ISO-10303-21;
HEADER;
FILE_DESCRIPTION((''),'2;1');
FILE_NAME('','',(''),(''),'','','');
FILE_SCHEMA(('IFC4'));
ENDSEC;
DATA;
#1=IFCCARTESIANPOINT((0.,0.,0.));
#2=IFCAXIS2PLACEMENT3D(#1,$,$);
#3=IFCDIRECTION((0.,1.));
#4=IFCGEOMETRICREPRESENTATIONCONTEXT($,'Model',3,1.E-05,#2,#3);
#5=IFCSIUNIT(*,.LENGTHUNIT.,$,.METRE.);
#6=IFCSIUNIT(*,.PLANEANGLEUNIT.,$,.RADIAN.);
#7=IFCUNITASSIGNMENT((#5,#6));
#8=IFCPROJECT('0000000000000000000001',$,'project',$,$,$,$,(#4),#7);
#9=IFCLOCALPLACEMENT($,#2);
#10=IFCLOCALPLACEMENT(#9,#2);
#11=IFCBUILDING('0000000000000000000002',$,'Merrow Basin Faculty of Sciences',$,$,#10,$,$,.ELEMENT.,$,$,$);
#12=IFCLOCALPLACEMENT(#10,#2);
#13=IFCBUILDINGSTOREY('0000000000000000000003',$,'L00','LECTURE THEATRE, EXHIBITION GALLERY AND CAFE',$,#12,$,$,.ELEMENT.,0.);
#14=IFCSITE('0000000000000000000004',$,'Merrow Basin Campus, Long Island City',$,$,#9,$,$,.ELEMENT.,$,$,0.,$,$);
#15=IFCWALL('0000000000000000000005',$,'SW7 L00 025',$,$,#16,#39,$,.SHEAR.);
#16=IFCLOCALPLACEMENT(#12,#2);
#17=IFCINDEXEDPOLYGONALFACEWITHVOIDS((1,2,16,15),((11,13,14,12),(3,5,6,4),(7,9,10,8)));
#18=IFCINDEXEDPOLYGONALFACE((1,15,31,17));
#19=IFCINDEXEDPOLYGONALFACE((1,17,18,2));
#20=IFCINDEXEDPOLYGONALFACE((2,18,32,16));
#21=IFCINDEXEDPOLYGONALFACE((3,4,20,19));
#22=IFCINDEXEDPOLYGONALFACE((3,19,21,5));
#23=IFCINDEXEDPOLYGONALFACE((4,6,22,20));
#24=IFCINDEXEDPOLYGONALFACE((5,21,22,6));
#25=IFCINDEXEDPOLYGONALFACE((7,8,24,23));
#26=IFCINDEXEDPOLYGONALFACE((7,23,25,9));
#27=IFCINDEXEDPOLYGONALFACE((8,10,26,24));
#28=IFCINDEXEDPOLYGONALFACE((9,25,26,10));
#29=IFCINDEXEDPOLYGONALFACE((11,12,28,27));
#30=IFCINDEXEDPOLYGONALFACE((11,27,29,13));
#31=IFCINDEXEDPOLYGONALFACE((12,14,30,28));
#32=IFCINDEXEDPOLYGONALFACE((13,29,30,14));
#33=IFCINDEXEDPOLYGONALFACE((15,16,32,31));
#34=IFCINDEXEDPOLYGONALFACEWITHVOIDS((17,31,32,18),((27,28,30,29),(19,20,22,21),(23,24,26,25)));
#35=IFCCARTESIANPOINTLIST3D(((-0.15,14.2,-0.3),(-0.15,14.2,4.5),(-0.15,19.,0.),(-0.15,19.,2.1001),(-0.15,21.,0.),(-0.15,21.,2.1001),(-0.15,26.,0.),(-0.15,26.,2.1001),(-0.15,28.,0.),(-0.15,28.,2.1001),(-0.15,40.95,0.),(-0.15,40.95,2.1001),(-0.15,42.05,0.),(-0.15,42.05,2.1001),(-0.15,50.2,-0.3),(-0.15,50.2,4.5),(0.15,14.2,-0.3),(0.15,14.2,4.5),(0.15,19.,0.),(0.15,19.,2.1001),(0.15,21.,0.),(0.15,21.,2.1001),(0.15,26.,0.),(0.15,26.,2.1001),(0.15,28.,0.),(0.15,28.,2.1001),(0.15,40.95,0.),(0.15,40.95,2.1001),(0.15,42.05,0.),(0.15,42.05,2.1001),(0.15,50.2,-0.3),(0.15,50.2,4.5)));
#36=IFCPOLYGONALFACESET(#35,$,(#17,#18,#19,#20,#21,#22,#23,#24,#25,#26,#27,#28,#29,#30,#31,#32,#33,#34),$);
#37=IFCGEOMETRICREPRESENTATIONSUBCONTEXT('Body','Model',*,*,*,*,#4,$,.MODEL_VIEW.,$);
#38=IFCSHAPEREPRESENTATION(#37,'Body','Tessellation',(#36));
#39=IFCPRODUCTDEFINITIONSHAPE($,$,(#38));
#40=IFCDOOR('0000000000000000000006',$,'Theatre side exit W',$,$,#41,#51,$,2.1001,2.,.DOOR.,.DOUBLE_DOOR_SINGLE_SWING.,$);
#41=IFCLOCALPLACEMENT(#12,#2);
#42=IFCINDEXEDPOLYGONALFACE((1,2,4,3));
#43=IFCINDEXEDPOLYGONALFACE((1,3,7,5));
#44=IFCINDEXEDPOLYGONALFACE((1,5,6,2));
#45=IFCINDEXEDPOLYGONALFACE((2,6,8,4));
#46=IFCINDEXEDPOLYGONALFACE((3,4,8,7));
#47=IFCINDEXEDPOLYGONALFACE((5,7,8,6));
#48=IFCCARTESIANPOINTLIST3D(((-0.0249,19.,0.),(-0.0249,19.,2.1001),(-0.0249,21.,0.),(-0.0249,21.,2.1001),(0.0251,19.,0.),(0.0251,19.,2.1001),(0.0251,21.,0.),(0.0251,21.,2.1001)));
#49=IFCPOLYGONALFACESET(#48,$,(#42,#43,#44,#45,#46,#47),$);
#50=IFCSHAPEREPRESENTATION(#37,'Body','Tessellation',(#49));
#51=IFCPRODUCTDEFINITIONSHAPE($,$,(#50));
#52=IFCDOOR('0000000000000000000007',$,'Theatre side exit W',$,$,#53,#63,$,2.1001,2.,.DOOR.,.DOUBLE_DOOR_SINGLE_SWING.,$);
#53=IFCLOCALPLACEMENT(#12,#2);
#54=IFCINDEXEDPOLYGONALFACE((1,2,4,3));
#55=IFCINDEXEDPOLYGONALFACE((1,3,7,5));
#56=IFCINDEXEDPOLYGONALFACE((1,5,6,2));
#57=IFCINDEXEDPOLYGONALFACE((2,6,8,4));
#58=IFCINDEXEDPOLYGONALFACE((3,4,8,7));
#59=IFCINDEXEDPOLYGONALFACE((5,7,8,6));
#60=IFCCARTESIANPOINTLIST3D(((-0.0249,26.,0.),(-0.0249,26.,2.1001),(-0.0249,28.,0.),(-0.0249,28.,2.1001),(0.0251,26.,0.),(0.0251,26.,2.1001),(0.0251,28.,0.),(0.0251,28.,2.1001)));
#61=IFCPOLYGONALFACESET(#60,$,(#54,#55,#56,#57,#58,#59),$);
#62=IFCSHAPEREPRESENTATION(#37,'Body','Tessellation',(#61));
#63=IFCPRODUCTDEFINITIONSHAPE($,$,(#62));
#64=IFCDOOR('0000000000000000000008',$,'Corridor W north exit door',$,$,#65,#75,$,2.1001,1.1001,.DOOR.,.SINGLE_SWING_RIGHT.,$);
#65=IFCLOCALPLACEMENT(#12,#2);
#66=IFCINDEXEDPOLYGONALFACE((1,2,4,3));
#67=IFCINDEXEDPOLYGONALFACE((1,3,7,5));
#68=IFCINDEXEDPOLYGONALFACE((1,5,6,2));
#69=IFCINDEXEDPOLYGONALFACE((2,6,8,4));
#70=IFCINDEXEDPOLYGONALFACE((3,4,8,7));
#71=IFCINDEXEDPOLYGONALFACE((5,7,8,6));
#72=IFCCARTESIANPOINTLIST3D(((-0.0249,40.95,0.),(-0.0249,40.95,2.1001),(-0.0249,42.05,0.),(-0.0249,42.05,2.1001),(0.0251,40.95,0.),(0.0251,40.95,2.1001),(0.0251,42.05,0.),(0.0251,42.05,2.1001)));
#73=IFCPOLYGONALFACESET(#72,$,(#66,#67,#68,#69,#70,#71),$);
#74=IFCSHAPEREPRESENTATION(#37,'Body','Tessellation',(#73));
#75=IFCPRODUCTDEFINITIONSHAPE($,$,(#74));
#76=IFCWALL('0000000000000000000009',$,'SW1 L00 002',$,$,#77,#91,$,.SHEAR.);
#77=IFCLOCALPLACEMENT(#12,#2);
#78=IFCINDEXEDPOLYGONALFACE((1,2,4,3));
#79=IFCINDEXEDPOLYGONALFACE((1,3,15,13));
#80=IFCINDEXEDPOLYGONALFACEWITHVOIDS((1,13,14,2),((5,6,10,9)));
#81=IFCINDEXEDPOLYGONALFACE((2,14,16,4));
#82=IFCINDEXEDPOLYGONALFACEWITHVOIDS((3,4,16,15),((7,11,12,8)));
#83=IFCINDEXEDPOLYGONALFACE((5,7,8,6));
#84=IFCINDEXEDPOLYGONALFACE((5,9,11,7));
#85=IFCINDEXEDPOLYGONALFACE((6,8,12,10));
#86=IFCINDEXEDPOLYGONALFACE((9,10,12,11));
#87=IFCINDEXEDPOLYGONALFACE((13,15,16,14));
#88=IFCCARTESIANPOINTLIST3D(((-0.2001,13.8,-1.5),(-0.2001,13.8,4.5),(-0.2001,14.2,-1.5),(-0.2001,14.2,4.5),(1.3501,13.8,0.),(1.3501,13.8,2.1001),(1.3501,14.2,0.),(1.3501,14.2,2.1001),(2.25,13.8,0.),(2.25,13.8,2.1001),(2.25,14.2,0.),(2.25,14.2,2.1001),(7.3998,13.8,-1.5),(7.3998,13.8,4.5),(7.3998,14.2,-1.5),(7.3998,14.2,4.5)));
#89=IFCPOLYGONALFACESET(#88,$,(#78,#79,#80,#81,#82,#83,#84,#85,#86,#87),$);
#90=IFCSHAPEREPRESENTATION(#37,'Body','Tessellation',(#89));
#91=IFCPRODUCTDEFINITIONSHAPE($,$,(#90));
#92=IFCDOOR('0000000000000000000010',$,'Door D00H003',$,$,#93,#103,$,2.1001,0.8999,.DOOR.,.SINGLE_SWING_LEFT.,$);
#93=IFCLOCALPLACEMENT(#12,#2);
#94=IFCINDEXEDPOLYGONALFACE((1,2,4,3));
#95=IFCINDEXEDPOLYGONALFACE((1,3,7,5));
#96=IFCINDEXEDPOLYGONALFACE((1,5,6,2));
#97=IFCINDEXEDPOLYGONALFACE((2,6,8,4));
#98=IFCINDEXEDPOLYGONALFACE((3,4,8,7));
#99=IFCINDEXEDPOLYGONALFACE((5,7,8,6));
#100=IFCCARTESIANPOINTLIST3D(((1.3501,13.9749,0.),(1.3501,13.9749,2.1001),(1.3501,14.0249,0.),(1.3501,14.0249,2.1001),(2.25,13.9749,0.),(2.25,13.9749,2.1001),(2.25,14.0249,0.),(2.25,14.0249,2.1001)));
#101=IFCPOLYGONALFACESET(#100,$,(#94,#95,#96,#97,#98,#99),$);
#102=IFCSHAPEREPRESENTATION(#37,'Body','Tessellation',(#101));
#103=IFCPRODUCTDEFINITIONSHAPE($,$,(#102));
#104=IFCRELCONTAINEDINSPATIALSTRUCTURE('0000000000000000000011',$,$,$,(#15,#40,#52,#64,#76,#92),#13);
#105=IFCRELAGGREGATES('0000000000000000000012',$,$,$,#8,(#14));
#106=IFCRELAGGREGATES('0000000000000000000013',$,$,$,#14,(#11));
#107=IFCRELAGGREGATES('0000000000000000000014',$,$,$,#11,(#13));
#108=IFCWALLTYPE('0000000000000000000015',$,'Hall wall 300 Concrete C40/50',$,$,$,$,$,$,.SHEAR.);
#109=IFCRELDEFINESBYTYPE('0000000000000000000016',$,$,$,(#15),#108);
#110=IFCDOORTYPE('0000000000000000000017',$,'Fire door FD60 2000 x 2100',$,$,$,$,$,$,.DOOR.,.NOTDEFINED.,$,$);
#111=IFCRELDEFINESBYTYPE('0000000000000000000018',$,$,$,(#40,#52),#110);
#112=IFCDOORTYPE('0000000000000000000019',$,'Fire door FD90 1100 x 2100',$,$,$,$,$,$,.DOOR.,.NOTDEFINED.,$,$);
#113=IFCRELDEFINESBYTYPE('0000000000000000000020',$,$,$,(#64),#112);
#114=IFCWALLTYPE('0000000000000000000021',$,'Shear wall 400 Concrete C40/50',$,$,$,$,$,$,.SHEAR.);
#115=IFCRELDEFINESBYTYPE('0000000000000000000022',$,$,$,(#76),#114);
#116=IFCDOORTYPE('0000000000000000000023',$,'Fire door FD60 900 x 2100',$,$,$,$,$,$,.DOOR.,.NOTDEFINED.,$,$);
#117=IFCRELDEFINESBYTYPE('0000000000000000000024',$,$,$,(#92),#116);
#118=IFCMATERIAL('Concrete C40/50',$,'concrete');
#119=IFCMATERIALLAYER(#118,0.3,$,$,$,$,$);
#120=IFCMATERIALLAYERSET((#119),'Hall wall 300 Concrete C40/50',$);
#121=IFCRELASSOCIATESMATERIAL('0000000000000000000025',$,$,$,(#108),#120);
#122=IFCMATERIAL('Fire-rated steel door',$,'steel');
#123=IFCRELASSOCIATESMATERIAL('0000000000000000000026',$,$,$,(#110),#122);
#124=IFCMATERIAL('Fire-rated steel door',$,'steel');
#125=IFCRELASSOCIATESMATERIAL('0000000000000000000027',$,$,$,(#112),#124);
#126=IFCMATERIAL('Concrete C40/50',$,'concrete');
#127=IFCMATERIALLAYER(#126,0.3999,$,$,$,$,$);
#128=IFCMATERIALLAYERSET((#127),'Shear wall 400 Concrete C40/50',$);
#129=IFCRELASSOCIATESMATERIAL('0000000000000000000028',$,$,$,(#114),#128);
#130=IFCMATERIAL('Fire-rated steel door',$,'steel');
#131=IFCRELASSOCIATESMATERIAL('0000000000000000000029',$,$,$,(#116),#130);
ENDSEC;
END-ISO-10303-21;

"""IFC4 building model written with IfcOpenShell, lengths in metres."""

from ifc_helpers import new_model, si_unit, direction, frame, frame_2d, origin, place, context, subcontext, project, spatial, rectangle, extrude, material, layer, layer_set, type_object, element, fill, save


model = new_model("IFC4")

# Units and contexts
model_context = context("Model", 3, precision=1e-05, world=origin(), true_north=direction((0.0, 1.0)))
body_context = subcontext(model_context, "Body", "Model", "MODEL_VIEW")
ifc_project = project(units=[si_unit("LENGTHUNIT", "METRE"), si_unit("PLANEANGLEUNIT", "RADIAN")], contexts=[model_context])

# Site, building, storey
site_placement = place(None, origin())
site = spatial("IfcSite", under=ifc_project, at=site_placement, Name="Merrow Basin Campus, Long Island City", CompositionType="ELEMENT", RefElevation=0.0)
building_placement = place(site_placement, origin())
building = spatial("IfcBuilding", under=site, at=building_placement, Name="Merrow Basin Faculty of Sciences", CompositionType="ELEMENT")
storey_placement = place(building_placement, origin())
storey = spatial("IfcBuildingStorey", under=building, at=storey_placement, Name="L00", Description="LECTURE THEATRE, EXHIBITION GALLERY AND CAFE", CompositionType="ELEMENT", Elevation=0.0)

# Wall, openings, doors
ifc_material_1 = material(Name="Concrete C40/50", Category="concrete")
ifc_layer_1 = layer(ifc_material_1, 0.3)
ifc_layer_set_1 = layer_set([ifc_layer_1], Name="Hall wall 300 Concrete C40/50")
wall_type_1 = type_object("IfcWallType", Name="Hall wall 300 Concrete C40/50", PredefinedType="SHEAR", material=ifc_layer_set_1)
wall_1_placement = place(storey_placement, frame((0.0, 14.2, -0.3), z_axis=(0.0, 0.0, 1.0), x_axis=(0.0, 1.0, 0.0)))
wall_1 = element("IfcWall", 1, at=wall_1_placement, inside=storey, type_object=wall_type_1, Name="SW7 L00 025", PredefinedType="SHEAR", context=body_context, shape_type="SweptSolid", body=[
    extrude(rectangle(XDim=36.0, YDim=0.3, at=frame_2d((18.0, 0.0))), origin(), (0.0, 0.0, 1.0), 4.8),
])
opening_1_placement = place(wall_1_placement, frame((4.8, 0.0, 0.3)))
opening_1 = element("IfcOpeningElement", 2, at=opening_1_placement, cuts=wall_1, PredefinedType="OPENING", context=body_context, shape_type="SweptSolid", body=[
    extrude(rectangle(XDim=2.0, YDim=2.1001, at=frame_2d((1.0, 1.05))), frame((0.0, 0.1599, 0.0), z_axis=(0.0, -1.0, 0.0), x_axis=(1.0, 0.0, 0.0)), (0.0, 0.0, 1.0), 0.3201),
])
opening_2_placement = place(wall_1_placement, frame((11.8, 0.0, 0.3)))
opening_2 = element("IfcOpeningElement", 3, at=opening_2_placement, cuts=wall_1, PredefinedType="OPENING", context=body_context, shape_type="SweptSolid", body=[
    extrude(rectangle(XDim=2.0, YDim=2.1001, at=frame_2d((1.0, 1.05))), frame((0.0, 0.1599, 0.0), z_axis=(0.0, -1.0, 0.0), x_axis=(1.0, 0.0, 0.0)), (0.0, 0.0, 1.0), 0.3201),
])
opening_3_placement = place(wall_1_placement, frame((26.75, 0.0, 0.3)))
opening_3 = element("IfcOpeningElement", 4, at=opening_3_placement, cuts=wall_1, PredefinedType="OPENING", context=body_context, shape_type="SweptSolid", body=[
    extrude(rectangle(XDim=1.1001, YDim=2.1001, at=frame_2d((0.55, 1.05))), frame((0.0, 0.1599, 0.0), z_axis=(0.0, -1.0, 0.0), x_axis=(1.0, 0.0, 0.0)), (0.0, 0.0, 1.0), 0.3201),
])
ifc_material_2 = material(Name="Fire-rated steel door", Category="steel")
door_type_1 = type_object("IfcDoorType", Name="Fire door FD60 2000 x 2100", OperationType="NOTDEFINED", PredefinedType="DOOR", material=ifc_material_2)
door_1_placement = place(opening_1_placement, origin())
door_1 = element("IfcDoor", 5, at=door_1_placement, inside=storey, type_object=door_type_1, Name="Theatre side exit W", OperationType="DOUBLE_DOOR_SINGLE_SWING", OverallHeight=2.1001, OverallWidth=2.0, PredefinedType="DOOR", context=body_context, shape_type="SweptSolid", body=[
    extrude(rectangle(XDim=2.0, YDim=2.1001, at=frame_2d((1.0, 1.05))), frame((0.0, 0.0249, 0.0), z_axis=(0.0, -1.0, 0.0), x_axis=(1.0, 0.0, 0.0)), (0.0, 0.0, 1.0), 0.05),
])
fill(opening_1, door_1)
door_2_placement = place(opening_2_placement, origin())
door_2 = element("IfcDoor", 6, at=door_2_placement, inside=storey, type_object=door_type_1, Name="Theatre side exit W", OperationType="DOUBLE_DOOR_SINGLE_SWING", OverallHeight=2.1001, OverallWidth=2.0, PredefinedType="DOOR", context=body_context, shape_type="SweptSolid", body=[
    extrude(rectangle(XDim=2.0, YDim=2.1001, at=frame_2d((1.0, 1.05))), frame((0.0, 0.0249, 0.0), z_axis=(0.0, -1.0, 0.0), x_axis=(1.0, 0.0, 0.0)), (0.0, 0.0, 1.0), 0.05),
])
fill(opening_2, door_2)
ifc_material_3 = material(Name="Fire-rated steel door", Category="steel")
door_type_2 = type_object("IfcDoorType", Name="Fire door FD90 1100 x 2100", OperationType="NOTDEFINED", PredefinedType="DOOR", material=ifc_material_3)
door_3_placement = place(opening_3_placement, origin())
door_3 = element("IfcDoor", 7, at=door_3_placement, inside=storey, type_object=door_type_2, Name="Corridor W north exit door", OperationType="SINGLE_SWING_RIGHT", OverallHeight=2.1001, OverallWidth=1.1001, PredefinedType="DOOR", context=body_context, shape_type="SweptSolid", body=[
    extrude(rectangle(XDim=1.1001, YDim=2.1001, at=frame_2d((0.55, 1.05))), frame((0.0, 0.0249, 0.0), z_axis=(0.0, -1.0, 0.0), x_axis=(1.0, 0.0, 0.0)), (0.0, 0.0, 1.0), 0.05),
])
fill(opening_3, door_3)

# Wall, opening, door
ifc_material_4 = material(Name="Concrete C40/50", Category="concrete")
ifc_layer_2 = layer(ifc_material_4, 0.3999)
ifc_layer_set_2 = layer_set([ifc_layer_2], Name="Shear wall 400 Concrete C40/50")
wall_type_2 = type_object("IfcWallType", Name="Shear wall 400 Concrete C40/50", PredefinedType="SHEAR", material=ifc_layer_set_2)
wall_2_placement = place(storey_placement, frame((-0.2, 14.0, -1.5), z_axis=(0.0, 0.0, 1.0), x_axis=(1.0, 0.0, 0.0)))
wall_2 = element("IfcWall", 8, at=wall_2_placement, inside=storey, type_object=wall_type_2, Name="SW1 L00 002", PredefinedType="SHEAR", context=body_context, shape_type="SweptSolid", body=[
    extrude(rectangle(XDim=7.5999, YDim=0.3999, at=frame_2d((3.7998, 0.0))), origin(), (0.0, 0.0, 1.0), 6.0),
])
opening_4_placement = place(wall_2_placement, frame((1.55, 0.0, 1.5)))
opening_4 = element("IfcOpeningElement", 9, at=opening_4_placement, cuts=wall_2, PredefinedType="OPENING", context=body_context, shape_type="SweptSolid", body=[
    extrude(rectangle(XDim=0.8999, YDim=2.1001, at=frame_2d((0.45, 1.05))), frame((0.0, 0.21, 0.0), z_axis=(0.0, -1.0, 0.0), x_axis=(1.0, 0.0, 0.0)), (0.0, 0.0, 1.0), 0.4199),
])
ifc_material_5 = material(Name="Fire-rated steel door", Category="steel")
door_type_3 = type_object("IfcDoorType", Name="Fire door FD60 900 x 2100", OperationType="NOTDEFINED", PredefinedType="DOOR", material=ifc_material_5)
door_4_placement = place(opening_4_placement, origin())
door_4 = element("IfcDoor", 10, at=door_4_placement, inside=storey, type_object=door_type_3, Name="Door D00H003", OperationType="SINGLE_SWING_LEFT", OverallHeight=2.1001, OverallWidth=0.8999, PredefinedType="DOOR", context=body_context, shape_type="SweptSolid", body=[
    extrude(rectangle(XDim=0.8999, YDim=2.1001, at=frame_2d((0.45, 1.05))), frame((0.0, 0.0249, 0.0), z_axis=(0.0, -1.0, 0.0), x_axis=(1.0, 0.0, 0.0)), (0.0, 0.0, 1.0), 0.05),
])
fill(opening_4, door_4)

save(model, "model.ifc")
